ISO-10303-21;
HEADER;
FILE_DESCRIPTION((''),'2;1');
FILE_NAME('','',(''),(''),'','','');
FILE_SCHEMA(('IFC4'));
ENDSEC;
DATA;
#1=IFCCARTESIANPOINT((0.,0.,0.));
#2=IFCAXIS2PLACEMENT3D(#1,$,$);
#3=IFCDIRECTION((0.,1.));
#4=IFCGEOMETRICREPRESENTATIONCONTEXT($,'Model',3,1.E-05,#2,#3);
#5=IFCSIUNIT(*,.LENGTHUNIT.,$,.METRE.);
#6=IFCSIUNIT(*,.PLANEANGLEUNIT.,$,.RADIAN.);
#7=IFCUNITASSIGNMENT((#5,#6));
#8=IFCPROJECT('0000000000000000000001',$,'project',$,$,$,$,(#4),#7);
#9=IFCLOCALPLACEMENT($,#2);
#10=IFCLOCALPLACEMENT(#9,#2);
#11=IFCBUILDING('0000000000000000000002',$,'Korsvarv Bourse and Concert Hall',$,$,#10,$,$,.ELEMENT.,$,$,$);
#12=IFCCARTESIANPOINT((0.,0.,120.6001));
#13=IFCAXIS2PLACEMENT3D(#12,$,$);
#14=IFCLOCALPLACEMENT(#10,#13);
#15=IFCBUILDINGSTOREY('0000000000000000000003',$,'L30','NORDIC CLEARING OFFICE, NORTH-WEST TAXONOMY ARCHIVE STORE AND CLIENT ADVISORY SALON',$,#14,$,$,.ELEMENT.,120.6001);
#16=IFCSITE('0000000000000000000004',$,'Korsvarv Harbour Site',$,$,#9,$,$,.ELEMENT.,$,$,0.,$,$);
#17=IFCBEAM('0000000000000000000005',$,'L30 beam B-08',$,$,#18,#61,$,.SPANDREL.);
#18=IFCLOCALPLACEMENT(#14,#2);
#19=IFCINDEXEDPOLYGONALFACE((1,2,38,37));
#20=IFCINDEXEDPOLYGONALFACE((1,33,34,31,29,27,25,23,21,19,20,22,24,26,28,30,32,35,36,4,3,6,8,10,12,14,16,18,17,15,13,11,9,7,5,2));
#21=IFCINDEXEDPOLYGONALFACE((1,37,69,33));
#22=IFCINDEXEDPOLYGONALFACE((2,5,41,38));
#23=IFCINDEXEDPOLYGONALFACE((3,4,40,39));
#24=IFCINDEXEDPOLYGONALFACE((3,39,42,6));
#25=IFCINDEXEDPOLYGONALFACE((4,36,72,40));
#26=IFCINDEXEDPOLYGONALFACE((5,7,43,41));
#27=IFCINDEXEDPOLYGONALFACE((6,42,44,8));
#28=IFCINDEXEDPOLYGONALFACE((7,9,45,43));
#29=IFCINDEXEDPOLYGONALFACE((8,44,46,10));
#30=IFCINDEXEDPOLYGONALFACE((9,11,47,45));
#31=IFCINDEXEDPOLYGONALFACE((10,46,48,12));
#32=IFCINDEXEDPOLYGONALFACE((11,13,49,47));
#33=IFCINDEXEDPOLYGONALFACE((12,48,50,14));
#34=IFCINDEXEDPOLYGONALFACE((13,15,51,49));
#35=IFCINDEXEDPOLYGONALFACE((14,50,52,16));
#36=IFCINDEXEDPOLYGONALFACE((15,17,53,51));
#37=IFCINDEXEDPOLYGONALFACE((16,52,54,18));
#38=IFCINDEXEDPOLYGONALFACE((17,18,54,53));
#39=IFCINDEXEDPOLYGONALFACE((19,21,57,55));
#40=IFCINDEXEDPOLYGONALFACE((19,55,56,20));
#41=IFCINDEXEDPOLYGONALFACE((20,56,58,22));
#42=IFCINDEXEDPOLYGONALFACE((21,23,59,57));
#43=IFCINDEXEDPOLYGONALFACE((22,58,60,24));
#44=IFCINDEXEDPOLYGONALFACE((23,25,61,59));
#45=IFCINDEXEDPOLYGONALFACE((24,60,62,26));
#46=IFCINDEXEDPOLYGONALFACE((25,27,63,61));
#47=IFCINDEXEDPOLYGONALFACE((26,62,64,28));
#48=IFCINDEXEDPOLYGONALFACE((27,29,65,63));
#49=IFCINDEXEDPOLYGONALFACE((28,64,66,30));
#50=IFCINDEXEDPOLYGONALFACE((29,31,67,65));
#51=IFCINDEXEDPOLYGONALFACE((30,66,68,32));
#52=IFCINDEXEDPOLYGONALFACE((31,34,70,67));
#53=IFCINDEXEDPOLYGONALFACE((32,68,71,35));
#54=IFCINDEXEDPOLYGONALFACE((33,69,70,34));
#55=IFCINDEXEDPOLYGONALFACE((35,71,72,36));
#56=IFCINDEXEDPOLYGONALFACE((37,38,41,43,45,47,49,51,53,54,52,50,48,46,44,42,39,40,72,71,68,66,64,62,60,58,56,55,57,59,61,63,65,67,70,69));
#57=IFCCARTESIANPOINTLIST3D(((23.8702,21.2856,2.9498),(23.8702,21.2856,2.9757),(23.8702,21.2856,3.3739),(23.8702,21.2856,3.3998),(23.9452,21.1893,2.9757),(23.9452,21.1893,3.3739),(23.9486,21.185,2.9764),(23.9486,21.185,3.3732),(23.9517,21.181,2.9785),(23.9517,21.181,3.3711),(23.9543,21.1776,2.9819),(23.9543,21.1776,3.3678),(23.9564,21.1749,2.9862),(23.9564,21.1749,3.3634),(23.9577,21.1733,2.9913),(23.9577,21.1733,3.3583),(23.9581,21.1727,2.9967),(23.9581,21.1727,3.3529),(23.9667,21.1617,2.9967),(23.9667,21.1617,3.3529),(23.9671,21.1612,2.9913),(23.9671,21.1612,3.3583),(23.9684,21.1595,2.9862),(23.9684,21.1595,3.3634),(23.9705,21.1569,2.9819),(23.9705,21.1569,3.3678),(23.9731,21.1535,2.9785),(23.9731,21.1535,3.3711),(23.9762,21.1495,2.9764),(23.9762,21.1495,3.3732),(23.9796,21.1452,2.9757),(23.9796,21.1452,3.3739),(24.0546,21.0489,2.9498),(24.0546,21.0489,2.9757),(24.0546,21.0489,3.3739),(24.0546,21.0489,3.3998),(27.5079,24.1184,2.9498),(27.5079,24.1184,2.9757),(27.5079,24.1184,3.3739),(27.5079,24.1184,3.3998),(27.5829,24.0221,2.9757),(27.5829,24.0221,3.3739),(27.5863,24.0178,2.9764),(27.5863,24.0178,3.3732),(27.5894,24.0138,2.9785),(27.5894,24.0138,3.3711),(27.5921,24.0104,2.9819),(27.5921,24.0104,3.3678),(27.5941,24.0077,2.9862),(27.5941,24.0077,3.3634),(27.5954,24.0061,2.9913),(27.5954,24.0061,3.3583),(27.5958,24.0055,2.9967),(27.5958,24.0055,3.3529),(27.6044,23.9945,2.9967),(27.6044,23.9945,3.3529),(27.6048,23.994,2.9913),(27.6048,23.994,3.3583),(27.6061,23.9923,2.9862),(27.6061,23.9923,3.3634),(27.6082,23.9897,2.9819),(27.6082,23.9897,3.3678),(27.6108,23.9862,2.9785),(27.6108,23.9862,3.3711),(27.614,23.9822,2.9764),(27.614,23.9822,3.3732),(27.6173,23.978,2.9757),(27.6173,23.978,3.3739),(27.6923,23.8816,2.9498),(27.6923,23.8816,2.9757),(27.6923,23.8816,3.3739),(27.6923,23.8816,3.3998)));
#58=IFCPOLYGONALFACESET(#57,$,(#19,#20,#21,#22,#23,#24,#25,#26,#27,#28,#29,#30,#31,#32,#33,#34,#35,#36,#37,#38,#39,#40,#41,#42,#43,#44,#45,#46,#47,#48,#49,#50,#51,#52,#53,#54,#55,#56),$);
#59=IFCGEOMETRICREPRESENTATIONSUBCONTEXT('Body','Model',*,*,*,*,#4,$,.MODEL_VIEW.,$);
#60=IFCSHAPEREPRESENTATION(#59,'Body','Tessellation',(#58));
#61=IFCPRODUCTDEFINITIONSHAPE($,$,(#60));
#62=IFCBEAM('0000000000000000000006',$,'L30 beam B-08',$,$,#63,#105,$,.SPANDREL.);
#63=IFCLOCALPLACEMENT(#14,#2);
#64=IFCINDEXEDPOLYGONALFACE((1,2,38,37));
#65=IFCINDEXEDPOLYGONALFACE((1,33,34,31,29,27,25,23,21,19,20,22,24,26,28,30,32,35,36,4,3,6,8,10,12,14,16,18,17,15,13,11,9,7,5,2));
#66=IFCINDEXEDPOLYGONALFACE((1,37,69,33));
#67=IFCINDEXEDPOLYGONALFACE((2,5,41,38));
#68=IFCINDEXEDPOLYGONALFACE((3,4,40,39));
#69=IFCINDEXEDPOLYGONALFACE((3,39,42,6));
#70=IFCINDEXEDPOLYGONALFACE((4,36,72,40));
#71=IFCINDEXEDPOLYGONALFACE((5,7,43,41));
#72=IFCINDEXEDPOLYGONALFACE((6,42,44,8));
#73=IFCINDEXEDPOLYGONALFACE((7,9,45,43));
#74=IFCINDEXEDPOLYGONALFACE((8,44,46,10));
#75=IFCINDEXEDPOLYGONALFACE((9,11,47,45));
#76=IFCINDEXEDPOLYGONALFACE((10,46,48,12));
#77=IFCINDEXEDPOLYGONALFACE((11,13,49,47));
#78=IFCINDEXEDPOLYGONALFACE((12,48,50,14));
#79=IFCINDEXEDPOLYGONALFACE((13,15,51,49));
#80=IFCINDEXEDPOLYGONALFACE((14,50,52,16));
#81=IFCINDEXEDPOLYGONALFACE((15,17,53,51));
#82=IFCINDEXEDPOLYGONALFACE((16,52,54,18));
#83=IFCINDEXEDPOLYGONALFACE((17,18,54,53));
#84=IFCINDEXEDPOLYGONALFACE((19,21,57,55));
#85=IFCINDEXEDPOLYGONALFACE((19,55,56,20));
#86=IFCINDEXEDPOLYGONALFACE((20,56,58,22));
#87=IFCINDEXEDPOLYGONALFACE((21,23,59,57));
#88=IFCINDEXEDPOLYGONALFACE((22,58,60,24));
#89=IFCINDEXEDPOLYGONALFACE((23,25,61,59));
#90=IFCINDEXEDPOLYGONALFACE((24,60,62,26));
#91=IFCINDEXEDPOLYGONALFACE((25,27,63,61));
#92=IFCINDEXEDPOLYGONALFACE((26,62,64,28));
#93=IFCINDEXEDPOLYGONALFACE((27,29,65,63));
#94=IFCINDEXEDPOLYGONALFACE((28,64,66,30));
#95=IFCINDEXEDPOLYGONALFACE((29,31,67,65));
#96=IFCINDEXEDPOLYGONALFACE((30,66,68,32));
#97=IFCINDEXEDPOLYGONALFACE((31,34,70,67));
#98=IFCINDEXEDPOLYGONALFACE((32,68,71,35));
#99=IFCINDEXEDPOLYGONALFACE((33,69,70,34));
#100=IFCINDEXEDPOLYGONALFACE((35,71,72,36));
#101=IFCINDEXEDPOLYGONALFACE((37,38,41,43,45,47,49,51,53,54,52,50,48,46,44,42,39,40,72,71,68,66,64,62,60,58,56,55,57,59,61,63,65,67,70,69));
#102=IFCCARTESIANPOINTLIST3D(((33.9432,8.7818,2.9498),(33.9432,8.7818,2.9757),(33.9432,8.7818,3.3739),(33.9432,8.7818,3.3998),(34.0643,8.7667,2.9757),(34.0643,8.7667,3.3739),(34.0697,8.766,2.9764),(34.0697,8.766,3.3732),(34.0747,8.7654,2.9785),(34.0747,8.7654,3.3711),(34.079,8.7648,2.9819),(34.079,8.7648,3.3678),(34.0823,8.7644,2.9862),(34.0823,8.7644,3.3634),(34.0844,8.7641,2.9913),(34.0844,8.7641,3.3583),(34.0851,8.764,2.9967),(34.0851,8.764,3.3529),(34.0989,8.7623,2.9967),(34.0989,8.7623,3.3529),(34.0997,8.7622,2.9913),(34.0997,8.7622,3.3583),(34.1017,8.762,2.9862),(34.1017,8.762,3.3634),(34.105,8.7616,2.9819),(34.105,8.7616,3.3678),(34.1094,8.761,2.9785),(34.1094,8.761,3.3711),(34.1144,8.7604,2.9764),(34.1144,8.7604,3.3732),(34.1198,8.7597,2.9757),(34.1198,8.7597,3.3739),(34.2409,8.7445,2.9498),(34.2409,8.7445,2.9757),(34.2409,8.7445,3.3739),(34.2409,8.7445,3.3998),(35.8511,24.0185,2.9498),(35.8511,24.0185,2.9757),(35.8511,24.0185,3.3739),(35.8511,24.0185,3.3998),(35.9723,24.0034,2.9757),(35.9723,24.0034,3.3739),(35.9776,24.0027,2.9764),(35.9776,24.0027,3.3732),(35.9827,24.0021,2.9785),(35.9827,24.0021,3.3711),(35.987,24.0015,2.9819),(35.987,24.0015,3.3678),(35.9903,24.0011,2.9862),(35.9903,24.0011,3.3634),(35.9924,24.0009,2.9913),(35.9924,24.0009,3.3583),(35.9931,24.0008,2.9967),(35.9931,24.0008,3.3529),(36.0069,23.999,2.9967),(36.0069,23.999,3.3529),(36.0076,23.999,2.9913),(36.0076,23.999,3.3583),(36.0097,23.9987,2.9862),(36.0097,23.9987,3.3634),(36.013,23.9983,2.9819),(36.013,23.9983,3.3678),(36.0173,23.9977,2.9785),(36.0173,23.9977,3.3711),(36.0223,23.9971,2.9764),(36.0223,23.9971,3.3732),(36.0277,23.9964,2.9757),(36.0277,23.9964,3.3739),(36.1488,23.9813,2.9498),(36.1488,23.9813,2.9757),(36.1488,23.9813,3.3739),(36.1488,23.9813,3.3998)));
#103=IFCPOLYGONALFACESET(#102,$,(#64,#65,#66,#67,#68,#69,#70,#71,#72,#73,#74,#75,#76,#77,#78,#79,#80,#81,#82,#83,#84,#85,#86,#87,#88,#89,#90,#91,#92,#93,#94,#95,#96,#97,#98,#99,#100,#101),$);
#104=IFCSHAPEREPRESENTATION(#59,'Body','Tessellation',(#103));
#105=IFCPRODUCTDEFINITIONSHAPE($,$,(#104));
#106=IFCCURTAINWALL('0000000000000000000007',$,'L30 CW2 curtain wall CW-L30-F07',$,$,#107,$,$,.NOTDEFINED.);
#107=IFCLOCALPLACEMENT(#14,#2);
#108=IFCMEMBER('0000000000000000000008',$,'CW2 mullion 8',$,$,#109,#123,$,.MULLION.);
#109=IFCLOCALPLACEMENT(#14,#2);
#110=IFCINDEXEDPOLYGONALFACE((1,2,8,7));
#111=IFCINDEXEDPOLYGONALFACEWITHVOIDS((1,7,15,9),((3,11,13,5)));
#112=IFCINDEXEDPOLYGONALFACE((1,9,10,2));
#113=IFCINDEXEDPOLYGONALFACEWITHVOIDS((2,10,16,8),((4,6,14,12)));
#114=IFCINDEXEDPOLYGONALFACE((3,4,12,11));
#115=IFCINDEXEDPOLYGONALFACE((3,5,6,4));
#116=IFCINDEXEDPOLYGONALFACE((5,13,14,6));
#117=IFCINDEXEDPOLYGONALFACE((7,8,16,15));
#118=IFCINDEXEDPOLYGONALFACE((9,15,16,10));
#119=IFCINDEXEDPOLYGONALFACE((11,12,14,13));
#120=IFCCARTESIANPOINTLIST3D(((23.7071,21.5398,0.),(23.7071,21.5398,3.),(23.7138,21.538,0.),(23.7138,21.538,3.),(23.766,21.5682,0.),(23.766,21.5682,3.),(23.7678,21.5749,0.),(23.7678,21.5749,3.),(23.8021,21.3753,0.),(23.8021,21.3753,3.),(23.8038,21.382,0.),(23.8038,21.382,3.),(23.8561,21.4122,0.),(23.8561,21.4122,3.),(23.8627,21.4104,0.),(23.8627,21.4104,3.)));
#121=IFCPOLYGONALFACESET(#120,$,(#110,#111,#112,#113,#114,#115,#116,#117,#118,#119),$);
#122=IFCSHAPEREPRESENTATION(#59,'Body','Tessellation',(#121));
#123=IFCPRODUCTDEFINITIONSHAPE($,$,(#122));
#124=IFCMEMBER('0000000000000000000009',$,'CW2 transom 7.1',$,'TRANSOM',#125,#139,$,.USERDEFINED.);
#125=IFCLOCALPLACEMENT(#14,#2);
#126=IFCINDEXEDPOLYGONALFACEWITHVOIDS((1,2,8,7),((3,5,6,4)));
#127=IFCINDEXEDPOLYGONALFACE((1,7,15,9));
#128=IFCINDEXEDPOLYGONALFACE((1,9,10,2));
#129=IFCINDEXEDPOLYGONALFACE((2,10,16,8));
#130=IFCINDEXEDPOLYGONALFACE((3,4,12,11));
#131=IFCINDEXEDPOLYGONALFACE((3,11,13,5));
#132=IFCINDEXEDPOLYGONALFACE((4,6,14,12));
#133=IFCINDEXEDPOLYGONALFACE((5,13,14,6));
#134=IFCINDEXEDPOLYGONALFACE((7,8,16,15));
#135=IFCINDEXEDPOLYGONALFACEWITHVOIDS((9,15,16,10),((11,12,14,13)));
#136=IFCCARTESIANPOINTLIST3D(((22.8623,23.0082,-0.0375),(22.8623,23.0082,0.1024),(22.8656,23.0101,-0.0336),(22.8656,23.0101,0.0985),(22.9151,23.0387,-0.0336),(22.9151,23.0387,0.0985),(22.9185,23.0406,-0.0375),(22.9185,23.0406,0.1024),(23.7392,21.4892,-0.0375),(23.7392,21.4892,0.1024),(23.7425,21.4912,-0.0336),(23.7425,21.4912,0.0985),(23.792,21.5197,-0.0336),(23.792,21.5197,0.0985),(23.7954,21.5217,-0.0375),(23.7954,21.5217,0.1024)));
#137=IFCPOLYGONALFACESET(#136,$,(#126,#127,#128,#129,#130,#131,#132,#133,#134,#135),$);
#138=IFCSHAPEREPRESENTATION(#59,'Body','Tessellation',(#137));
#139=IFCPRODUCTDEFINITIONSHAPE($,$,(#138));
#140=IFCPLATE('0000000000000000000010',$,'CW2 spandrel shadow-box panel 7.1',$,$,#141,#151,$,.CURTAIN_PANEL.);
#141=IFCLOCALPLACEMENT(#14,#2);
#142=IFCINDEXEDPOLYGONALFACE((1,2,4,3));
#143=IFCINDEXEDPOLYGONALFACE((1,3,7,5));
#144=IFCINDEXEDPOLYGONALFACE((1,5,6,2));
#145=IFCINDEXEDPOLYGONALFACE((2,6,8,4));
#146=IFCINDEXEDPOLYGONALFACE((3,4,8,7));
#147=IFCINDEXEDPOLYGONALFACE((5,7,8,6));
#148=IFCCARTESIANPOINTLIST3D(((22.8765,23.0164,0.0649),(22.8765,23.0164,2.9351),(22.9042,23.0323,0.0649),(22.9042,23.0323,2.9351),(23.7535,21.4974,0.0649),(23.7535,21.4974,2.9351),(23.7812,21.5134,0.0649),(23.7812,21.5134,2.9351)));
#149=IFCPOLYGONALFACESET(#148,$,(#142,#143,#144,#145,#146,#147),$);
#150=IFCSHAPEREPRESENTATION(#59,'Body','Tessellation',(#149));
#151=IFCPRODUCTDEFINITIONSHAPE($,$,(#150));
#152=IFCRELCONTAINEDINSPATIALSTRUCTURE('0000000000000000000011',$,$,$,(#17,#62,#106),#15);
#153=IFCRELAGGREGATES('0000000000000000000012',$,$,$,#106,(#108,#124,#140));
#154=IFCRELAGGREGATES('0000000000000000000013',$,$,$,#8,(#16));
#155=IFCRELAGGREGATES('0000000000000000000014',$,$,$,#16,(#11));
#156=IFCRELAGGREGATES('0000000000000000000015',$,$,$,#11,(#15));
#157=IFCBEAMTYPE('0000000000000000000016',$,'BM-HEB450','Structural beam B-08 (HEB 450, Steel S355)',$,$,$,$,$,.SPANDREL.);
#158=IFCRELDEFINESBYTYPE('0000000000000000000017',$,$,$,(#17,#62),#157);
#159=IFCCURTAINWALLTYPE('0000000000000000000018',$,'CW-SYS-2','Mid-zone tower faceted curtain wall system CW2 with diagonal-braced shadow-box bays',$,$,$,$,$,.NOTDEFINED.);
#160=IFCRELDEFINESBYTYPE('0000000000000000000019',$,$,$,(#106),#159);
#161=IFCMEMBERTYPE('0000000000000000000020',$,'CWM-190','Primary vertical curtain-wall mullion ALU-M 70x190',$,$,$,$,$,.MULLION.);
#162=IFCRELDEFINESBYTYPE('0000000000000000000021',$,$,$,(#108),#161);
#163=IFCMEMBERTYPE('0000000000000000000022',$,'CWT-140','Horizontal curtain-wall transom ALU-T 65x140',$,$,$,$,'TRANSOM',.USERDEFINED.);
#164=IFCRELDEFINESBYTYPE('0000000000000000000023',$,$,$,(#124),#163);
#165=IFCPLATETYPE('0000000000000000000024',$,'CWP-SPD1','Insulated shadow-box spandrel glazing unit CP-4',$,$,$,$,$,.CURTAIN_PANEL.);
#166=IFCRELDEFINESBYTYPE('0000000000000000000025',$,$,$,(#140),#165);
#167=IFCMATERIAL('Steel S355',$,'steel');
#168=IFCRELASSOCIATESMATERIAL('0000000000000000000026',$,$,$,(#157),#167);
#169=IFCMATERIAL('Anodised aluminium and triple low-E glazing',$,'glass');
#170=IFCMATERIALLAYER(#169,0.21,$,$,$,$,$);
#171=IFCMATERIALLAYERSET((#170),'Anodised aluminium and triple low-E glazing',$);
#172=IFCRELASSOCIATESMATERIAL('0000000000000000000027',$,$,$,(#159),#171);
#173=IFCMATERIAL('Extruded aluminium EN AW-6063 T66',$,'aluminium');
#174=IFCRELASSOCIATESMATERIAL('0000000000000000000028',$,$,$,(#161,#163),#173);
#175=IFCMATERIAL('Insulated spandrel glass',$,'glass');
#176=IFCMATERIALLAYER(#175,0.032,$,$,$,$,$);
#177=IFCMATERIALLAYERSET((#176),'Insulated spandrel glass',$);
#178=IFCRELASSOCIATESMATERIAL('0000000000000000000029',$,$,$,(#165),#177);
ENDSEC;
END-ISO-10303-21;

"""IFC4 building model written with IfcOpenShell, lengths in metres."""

from ifc_helpers import new_model, si_unit, direction, frame, origin, origin_2d, place, context, subcontext, project, spatial, rectangle, hollow_rectangle, i_section, extrude, source, transform, mapped, material, layer, layer_set, material_profile, profile_set, type_object, element, aggregate, save


model = new_model("IFC4")

# Units and contexts
model_context = context("Model", 3, precision=1e-05, world=origin(), true_north=direction((0.0, 1.0)))
body_context = subcontext(model_context, "Body", "Model", "MODEL_VIEW")
ifc_project = project(units=[si_unit("LENGTHUNIT", "METRE"), si_unit("PLANEANGLEUNIT", "RADIAN")], contexts=[model_context])

# Site, building, storey
site_placement = place(None, origin())
site = spatial("IfcSite", under=ifc_project, at=site_placement, Name="Korsvarv Harbour Site", CompositionType="ELEMENT", RefElevation=0.0)
building_placement = place(site_placement, origin())
building = spatial("IfcBuilding", under=site, at=building_placement, Name="Korsvarv Bourse and Concert Hall", CompositionType="ELEMENT")
storey_placement = place(building_placement, frame((0.0, 0.0, 120.6001)))
storey = spatial("IfcBuildingStorey", under=building, at=storey_placement, Name="L30", Description="NORDIC CLEARING OFFICE, NORTH-WEST TAXONOMY ARCHIVE STORE AND CLIENT ADVISORY SALON", CompositionType="ELEMENT", Elevation=120.6001)

# Beams
ifc_material_1 = material(Name="Steel S355", Category="steel")
ifc_material_profile_1 = material_profile(ifc_material_1, i_section(OverallWidth=0.3, OverallDepth=0.45, WebThickness=0.0139, FlangeThickness=0.0259, FilletRadius=0.021, at=origin_2d()), Name="HEB 450")
ifc_profile_set_1 = profile_set([ifc_material_profile_1], Name="Steel S355")
beam_type_1 = type_object("IfcBeamType", Name="BM-HEB450", Description="Structural beam B-08 (HEB 450, Steel S355)", PredefinedType="SPANDREL", material=ifc_profile_set_1)
shared_shape_1 = source(origin(), body_context, "Body", "SweptSolid", [
    extrude(i_section(OverallWidth=0.3, OverallDepth=0.45, WebThickness=0.0139, FlangeThickness=0.0259, FilletRadius=0.021, at=origin_2d()), origin(), (0.0, 0.0, 1.0), 4.6106),
])
beam_1_placement = place(storey_placement, frame((23.9624, 21.1672, 3.1748), z_axis=(0.78899, 0.614406, 0.0), x_axis=(-0.614406, 0.78899, 0.0)))
element("IfcBeam", 1, at=beam_1_placement, inside=storey, type_object=beam_type_1, Name="L30 beam B-08", PredefinedType="SPANDREL", context=body_context, shape_type="MappedRepresentation", body=[
    mapped(shared_shape_1, transform((0.0, 0.0, 0.0), scale=1.0)),
])
shared_shape_2 = source(origin(), body_context, "Body", "SweptSolid", [
    extrude(i_section(OverallWidth=0.3, OverallDepth=0.45, WebThickness=0.0139, FlangeThickness=0.0259, FilletRadius=0.021, at=origin_2d()), origin(), (0.0, 0.0, 1.0), 15.3557),
])
beam_2_placement = place(storey_placement, frame((34.092, 8.7632, 3.1748), z_axis=(0.12425, 0.992251, 0.0), x_axis=(-0.992251, 0.12425, 0.0)))
element("IfcBeam", 2, at=beam_2_placement, inside=storey, type_object=beam_type_1, Name="L30 beam B-08", PredefinedType="SPANDREL", context=body_context, shape_type="MappedRepresentation", body=[
    mapped(shared_shape_2, transform((0.0, 0.0, 0.0), scale=1.0)),
])

# Curtain wall, members, plate
ifc_material_2 = material(Name="Anodised aluminium and triple low-E glazing", Category="glass")
ifc_layer_1 = layer(ifc_material_2, 0.21)
ifc_layer_set_1 = layer_set([ifc_layer_1], Name="Anodised aluminium and triple low-E glazing")
curtain_wall_type = type_object("IfcCurtainWallType", Name="CW-SYS-2", Description="Mid-zone tower faceted curtain wall system CW2 with diagonal-braced shadow-box bays", PredefinedType="NOTDEFINED", material=ifc_layer_set_1)
curtain_wall_placement = place(storey_placement, origin())
curtain_wall = element("IfcCurtainWall", 3, at=curtain_wall_placement, inside=storey, type_object=curtain_wall_type, Name="L30 CW2 curtain wall CW-L30-F07", PredefinedType="NOTDEFINED")
ifc_material_3 = material(Name="Extruded aluminium EN AW-6063 T66", Category="aluminium")
ifc_material_profile_2 = material_profile(ifc_material_3, hollow_rectangle(XDim=0.0701, YDim=0.1899, WallThickness=0.0049, at=origin_2d()), Name="ALU-M 70x190")
ifc_profile_set_2 = profile_set([ifc_material_profile_2], Name="Extruded aluminium EN AW-6063 T66")
member_type_1 = type_object("IfcMemberType", Name="CWM-190", Description="Primary vertical curtain-wall mullion ALU-M 70x190", PredefinedType="MULLION", material=ifc_profile_set_2)
shared_shape_3 = source(origin(), body_context, "Body", "SweptSolid", [
    extrude(hollow_rectangle(XDim=0.0701, YDim=0.1899, WallThickness=0.0049, at=origin_2d()), origin(), (0.0, 0.0, 1.0), 3.0),
])
member_1_placement = place(storey_placement, frame((23.7849, 21.4751, 0.0), z_axis=(0.0, 0.0, 1.0), x_axis=(0.866021, 0.500007, 0.0)))
member_1 = element("IfcMember", 4, at=member_1_placement, type_object=member_type_1, Name="CW2 mullion 8", PredefinedType="MULLION", context=body_context, shape_type="MappedRepresentation", body=[
    mapped(shared_shape_3, transform((0.0, 0.0, 0.0), scale=1.0)),
])
ifc_material_profile_3 = material_profile(ifc_material_3, hollow_rectangle(XDim=0.0649, YDim=0.1399, WallThickness=0.0039, at=origin_2d()), Name="ALU-T 65x140")
ifc_profile_set_3 = profile_set([ifc_material_profile_3], Name="Extruded aluminium EN AW-6063 T66")
member_type_2 = type_object("IfcMemberType", Name="CWT-140", Description="Horizontal curtain-wall transom ALU-T 65x140", ElementType="TRANSOM", PredefinedType="USERDEFINED", material=ifc_profile_set_3)
shared_shape_4 = source(origin(), body_context, "Body", "SweptSolid", [
    extrude(hollow_rectangle(XDim=0.0649, YDim=0.1399, WallThickness=0.0039, at=origin_2d()), origin(), (0.0, 0.0, 1.0), 1.7539),
])
member_2_placement = place(storey_placement, frame((22.8904, 23.0244, 0.0325), z_axis=(0.499971, -0.866042, 0.0), x_axis=(0.866042, 0.499971, 0.0)))
member_2 = element("IfcMember", 5, at=member_2_placement, type_object=member_type_2, Name="CW2 transom 7.1", ObjectType="TRANSOM", PredefinedType="USERDEFINED", context=body_context, shape_type="MappedRepresentation", body=[
    mapped(shared_shape_4, transform((0.0, 0.0, 0.0), scale=1.0)),
])
ifc_material_4 = material(Name="Insulated spandrel glass", Category="glass")
ifc_layer_2 = layer(ifc_material_4, 0.032)
ifc_layer_set_2 = layer_set([ifc_layer_2], Name="Insulated spandrel glass")
plate_type = type_object("IfcPlateType", Name="CWP-SPD1", Description="Insulated shadow-box spandrel glazing unit CP-4", PredefinedType="CURTAIN_PANEL", material=ifc_layer_set_2)
shared_shape_5 = source(origin(), body_context, "Body", "SweptSolid", [
    extrude(rectangle(XDim=1.7539, YDim=0.032, at=origin_2d()), origin(), (0.0, 0.0, 1.0), 2.8701),
])
plate_placement = place(storey_placement, frame((23.3289, 22.2649, 0.0649), z_axis=(0.0, 0.0, 1.0), x_axis=(0.500007, -0.866021, 0.0)))
plate = element("IfcPlate", 6, at=plate_placement, type_object=plate_type, Name="CW2 spandrel shadow-box panel 7.1", PredefinedType="CURTAIN_PANEL", context=body_context, shape_type="MappedRepresentation", body=[
    mapped(shared_shape_5, transform((0.0, 0.0, 0.0), scale=1.0)),
])
aggregate(curtain_wall, [member_1, member_2, plate])

save(model, "model.ifc")
